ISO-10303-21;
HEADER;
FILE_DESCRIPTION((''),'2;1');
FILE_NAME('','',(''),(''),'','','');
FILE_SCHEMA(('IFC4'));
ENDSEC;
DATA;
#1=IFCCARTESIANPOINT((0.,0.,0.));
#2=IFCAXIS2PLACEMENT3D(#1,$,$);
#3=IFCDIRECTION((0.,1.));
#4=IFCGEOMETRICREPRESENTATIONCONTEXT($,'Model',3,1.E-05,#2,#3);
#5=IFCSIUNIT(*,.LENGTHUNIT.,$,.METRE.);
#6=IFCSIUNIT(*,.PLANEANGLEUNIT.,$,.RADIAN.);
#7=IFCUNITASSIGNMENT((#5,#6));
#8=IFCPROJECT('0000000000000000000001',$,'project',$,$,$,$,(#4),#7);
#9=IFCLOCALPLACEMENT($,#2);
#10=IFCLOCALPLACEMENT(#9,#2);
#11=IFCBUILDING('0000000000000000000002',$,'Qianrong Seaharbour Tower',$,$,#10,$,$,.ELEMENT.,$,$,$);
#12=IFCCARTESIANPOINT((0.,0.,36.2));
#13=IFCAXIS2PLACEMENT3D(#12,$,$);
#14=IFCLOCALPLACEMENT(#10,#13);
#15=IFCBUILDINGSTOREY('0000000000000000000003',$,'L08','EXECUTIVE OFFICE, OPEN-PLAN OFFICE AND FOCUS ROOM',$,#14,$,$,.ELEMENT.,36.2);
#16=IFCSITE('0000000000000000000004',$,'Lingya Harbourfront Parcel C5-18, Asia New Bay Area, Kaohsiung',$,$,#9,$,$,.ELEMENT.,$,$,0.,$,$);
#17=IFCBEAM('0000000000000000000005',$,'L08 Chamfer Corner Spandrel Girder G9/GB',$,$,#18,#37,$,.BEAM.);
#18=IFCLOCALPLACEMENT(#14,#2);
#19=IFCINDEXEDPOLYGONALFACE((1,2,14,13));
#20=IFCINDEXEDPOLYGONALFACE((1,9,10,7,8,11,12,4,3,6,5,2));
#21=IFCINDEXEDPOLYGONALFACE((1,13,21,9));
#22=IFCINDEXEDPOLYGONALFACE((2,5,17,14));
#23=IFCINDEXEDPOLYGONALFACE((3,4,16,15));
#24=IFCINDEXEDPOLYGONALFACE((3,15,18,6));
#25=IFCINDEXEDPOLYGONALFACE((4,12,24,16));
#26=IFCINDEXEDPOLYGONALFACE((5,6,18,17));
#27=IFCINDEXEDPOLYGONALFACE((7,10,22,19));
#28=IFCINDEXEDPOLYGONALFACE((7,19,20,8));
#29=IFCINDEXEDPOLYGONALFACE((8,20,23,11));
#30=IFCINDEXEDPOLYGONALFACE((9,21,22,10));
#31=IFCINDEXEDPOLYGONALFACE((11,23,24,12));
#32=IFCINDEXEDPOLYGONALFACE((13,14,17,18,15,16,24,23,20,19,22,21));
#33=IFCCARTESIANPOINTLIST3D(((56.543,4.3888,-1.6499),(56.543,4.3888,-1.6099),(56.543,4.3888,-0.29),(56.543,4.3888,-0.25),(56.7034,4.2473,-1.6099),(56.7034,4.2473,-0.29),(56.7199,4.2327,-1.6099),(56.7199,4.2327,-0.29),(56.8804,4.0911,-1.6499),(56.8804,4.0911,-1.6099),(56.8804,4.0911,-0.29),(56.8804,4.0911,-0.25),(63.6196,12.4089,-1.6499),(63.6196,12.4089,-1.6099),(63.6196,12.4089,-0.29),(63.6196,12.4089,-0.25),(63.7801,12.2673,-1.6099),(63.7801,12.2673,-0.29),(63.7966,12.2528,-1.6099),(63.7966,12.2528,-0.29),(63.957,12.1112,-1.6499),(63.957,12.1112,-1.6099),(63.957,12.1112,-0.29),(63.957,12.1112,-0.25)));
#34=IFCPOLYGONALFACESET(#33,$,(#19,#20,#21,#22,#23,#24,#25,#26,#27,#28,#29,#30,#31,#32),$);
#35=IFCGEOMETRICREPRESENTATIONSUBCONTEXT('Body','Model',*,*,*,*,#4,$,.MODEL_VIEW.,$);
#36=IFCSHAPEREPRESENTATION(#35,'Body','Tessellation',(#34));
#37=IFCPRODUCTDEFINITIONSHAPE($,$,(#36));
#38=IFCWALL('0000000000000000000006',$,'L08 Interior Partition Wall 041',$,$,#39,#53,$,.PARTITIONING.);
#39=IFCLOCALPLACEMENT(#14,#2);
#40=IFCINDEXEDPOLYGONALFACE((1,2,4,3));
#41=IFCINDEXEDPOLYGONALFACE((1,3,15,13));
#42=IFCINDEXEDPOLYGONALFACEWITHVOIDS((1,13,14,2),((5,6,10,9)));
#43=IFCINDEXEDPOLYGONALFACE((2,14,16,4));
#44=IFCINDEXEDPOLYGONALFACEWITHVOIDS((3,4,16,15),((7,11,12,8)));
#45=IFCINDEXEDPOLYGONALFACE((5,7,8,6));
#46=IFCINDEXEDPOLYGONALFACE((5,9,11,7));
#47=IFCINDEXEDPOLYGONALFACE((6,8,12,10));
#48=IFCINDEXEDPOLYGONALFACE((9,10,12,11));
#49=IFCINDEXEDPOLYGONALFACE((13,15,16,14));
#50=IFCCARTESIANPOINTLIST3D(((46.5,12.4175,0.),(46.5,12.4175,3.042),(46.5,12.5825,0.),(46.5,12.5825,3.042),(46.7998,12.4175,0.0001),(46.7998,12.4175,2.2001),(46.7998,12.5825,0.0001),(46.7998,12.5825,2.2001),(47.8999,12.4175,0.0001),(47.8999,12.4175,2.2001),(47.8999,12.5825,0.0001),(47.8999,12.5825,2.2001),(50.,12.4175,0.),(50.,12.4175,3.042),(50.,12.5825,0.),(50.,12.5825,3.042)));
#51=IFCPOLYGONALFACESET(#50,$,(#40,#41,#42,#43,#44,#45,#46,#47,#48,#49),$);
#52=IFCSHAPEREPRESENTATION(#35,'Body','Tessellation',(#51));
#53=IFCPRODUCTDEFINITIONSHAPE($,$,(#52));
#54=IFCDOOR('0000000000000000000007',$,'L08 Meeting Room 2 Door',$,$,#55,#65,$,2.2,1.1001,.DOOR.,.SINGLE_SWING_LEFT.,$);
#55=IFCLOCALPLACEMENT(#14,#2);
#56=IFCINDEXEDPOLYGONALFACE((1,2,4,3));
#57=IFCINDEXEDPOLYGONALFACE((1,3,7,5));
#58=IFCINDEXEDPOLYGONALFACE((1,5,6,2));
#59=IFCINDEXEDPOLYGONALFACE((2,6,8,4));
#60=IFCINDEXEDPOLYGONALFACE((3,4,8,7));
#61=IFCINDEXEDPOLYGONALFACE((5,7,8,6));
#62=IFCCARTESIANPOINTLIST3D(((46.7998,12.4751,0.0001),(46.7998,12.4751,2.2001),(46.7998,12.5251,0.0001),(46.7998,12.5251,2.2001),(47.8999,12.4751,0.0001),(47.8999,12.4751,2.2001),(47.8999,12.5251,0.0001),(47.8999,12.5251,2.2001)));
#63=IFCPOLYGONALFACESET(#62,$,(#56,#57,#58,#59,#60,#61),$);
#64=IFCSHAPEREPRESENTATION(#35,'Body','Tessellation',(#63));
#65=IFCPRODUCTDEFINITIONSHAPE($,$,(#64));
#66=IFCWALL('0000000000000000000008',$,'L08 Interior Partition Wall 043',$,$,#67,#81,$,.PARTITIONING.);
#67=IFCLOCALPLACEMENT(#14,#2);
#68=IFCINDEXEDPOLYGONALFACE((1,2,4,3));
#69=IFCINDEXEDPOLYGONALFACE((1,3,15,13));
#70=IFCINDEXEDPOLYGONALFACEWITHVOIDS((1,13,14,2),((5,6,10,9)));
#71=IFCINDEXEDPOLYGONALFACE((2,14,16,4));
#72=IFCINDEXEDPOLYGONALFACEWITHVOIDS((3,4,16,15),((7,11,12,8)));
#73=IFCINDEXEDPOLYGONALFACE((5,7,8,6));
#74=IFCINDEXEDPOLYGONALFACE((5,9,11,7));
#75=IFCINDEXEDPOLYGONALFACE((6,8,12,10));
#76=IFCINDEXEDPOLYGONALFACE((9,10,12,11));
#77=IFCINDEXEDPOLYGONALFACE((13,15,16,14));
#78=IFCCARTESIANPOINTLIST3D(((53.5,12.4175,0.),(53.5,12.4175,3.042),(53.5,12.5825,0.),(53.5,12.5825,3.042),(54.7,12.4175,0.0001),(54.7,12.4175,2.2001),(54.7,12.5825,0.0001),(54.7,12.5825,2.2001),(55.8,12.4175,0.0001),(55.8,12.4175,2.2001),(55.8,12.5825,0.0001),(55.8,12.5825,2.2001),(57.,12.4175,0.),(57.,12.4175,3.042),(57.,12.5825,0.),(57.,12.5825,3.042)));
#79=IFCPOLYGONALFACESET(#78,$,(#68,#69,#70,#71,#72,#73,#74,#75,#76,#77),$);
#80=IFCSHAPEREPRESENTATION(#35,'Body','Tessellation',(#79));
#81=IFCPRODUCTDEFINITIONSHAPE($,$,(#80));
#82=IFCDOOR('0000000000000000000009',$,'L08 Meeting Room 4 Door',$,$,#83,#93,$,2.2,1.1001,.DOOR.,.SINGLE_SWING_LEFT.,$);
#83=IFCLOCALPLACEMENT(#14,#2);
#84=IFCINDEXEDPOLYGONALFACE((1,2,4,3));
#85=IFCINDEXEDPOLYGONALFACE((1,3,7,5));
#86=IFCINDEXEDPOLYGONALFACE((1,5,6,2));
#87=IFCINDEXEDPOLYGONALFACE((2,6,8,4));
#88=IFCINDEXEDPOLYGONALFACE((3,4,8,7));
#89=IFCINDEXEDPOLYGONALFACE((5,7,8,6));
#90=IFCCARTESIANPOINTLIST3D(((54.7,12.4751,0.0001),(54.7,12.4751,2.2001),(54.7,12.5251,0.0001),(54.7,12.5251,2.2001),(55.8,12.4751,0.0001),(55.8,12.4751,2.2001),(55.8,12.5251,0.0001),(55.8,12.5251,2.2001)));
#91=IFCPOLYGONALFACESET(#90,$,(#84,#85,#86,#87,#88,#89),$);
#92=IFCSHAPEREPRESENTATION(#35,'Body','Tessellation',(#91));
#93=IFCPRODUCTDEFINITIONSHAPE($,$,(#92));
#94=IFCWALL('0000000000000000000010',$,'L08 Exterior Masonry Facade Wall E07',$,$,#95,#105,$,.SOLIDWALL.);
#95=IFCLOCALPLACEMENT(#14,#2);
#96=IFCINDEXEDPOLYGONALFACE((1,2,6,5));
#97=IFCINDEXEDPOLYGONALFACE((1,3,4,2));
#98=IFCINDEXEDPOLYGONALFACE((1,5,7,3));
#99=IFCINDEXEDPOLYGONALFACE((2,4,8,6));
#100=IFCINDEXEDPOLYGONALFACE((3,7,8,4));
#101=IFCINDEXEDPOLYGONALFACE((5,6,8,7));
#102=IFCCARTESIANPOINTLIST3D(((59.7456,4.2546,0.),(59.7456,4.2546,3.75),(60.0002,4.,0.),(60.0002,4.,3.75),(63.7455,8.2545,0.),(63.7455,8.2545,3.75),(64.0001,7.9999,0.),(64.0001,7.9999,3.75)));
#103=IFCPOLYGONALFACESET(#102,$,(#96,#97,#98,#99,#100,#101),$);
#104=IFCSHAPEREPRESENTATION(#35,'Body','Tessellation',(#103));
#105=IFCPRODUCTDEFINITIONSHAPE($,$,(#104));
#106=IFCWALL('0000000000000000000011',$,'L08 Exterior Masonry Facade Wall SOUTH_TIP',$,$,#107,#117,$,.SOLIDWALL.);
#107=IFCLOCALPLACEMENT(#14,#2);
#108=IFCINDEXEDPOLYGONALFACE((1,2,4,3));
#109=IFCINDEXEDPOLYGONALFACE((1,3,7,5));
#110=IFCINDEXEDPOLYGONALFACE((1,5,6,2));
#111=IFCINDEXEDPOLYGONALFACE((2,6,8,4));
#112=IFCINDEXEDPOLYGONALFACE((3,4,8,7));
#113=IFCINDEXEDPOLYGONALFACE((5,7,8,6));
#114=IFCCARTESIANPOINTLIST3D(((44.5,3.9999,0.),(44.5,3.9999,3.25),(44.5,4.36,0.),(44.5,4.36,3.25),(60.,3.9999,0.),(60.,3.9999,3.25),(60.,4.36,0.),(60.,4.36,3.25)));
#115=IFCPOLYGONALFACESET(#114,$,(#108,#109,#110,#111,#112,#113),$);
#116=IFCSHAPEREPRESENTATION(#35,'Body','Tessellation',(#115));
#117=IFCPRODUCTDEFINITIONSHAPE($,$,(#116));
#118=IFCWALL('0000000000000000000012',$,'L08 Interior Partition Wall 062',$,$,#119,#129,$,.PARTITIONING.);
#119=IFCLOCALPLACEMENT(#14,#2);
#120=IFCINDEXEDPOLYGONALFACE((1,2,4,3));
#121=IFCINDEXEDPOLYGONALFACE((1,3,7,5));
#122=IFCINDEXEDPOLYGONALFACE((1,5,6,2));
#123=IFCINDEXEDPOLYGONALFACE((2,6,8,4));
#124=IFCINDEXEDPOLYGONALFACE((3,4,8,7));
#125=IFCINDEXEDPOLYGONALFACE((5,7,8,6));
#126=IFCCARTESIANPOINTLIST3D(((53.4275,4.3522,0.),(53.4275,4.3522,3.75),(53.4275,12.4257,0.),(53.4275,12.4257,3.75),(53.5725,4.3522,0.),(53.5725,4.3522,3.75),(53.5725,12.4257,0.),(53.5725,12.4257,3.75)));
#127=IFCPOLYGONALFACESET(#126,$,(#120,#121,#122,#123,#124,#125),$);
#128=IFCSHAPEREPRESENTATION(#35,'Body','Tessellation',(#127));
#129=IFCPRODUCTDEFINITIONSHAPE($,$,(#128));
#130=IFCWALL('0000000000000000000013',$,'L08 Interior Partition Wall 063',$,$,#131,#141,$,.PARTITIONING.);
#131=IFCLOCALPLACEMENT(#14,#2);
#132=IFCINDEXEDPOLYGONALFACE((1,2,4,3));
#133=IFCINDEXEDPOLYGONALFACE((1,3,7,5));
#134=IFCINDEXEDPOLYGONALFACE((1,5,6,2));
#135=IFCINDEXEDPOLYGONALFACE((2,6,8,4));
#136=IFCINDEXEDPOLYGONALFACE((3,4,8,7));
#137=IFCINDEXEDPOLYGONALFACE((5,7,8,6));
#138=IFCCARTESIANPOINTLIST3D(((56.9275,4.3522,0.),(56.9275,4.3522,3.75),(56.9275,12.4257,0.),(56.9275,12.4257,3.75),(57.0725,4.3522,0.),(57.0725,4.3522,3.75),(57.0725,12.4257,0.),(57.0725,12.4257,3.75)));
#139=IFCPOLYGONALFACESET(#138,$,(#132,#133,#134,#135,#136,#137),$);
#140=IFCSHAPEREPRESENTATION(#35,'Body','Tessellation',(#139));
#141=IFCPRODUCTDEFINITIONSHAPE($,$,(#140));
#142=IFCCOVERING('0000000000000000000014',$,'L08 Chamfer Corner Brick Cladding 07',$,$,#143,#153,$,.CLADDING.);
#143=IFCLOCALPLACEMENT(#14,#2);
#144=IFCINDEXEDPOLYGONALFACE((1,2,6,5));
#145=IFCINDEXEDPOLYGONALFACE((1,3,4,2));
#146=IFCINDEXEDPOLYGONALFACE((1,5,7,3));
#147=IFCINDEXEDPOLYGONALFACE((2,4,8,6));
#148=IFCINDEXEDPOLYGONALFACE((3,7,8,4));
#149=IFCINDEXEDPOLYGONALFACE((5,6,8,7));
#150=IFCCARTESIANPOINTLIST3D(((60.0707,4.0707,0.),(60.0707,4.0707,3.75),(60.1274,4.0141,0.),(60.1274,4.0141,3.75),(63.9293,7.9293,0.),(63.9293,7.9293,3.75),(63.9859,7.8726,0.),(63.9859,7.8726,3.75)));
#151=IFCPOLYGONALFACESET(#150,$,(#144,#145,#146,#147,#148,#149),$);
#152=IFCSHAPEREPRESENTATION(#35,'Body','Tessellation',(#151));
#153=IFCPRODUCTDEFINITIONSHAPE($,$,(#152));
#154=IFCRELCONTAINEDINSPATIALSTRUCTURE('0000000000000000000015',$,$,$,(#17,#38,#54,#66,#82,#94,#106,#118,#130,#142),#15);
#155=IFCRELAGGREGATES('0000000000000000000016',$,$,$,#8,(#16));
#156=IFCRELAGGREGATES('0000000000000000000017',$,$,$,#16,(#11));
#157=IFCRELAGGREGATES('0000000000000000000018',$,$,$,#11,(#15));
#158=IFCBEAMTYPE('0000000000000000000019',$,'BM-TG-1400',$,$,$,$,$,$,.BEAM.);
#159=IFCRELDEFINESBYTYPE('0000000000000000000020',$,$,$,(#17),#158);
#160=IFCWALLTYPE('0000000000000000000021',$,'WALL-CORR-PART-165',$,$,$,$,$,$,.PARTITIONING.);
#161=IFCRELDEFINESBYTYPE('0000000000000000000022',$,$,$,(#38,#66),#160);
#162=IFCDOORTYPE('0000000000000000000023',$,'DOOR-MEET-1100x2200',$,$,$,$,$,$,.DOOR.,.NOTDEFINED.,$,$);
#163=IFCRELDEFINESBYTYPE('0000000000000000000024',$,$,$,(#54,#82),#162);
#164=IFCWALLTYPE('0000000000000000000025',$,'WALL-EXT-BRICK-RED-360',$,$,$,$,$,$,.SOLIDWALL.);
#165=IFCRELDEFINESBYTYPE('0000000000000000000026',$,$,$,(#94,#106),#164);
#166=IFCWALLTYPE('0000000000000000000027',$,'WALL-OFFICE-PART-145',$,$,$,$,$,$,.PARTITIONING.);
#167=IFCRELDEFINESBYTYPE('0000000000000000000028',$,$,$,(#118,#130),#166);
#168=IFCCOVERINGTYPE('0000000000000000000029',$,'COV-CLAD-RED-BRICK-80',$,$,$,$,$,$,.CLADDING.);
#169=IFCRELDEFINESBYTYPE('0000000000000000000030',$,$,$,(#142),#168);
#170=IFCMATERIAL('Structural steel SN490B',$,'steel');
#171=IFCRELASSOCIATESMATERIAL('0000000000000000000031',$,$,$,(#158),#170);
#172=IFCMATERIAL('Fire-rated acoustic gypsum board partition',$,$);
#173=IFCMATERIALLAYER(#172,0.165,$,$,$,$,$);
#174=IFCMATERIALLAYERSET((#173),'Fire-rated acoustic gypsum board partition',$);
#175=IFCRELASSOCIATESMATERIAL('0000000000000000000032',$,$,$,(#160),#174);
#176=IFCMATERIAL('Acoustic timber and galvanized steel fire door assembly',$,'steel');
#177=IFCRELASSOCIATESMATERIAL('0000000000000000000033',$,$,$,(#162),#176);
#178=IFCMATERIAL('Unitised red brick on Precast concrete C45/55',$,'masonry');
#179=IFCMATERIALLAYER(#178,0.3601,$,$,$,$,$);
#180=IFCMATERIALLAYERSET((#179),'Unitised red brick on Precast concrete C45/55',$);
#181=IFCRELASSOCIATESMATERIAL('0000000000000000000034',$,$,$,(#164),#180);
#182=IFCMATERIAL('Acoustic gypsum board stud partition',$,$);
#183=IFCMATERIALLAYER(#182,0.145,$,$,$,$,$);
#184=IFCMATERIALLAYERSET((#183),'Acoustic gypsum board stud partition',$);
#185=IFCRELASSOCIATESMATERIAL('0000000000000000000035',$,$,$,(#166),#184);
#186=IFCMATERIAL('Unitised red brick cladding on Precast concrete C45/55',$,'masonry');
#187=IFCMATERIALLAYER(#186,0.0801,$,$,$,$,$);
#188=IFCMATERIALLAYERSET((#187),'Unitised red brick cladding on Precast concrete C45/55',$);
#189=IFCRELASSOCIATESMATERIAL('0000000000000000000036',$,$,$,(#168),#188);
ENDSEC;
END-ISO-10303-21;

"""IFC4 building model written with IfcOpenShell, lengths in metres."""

from ifc_helpers import new_model, si_unit, direction, frame, frame_2d, origin, origin_2d, place, context, subcontext, project, spatial, rectangle, i_section, extrude, material, layer, layer_set, material_profile, profile_set, type_object, element, fill, save


model = new_model("IFC4")

# Units and contexts
model_context = context("Model", 3, precision=1e-05, world=origin(), true_north=direction((0.0, 1.0)))
body_context = subcontext(model_context, "Body", "Model", "MODEL_VIEW")
ifc_project = project(units=[si_unit("LENGTHUNIT", "METRE"), si_unit("PLANEANGLEUNIT", "RADIAN")], contexts=[model_context])

# Site, building, storey
site_placement = place(None, origin())
site = spatial("IfcSite", under=ifc_project, at=site_placement, Name="Lingya Harbourfront Parcel C5-18, Asia New Bay Area, Kaohsiung", CompositionType="ELEMENT", RefElevation=0.0)
building_placement = place(site_placement, origin())
building = spatial("IfcBuilding", under=site, at=building_placement, Name="Qianrong Seaharbour Tower", CompositionType="ELEMENT")
storey_placement = place(building_placement, frame((0.0, 0.0, 36.2)))
storey = spatial("IfcBuildingStorey", under=building, at=storey_placement, Name="L08", Description="EXECUTIVE OFFICE, OPEN-PLAN OFFICE AND FOCUS ROOM", CompositionType="ELEMENT", Elevation=36.2)

# Shared definitions
ifc_material_1 = material(Name="Structural steel SN490B", Category="steel")

# Beam
ifc_material_profile_1 = material_profile(ifc_material_1, i_section(OverallWidth=0.45, OverallDepth=1.3999, WebThickness=0.022, FlangeThickness=0.04, at=origin_2d()), Name="BH1400x450x22x40")
ifc_profile_set_1 = profile_set([ifc_material_profile_1], Name="Structural steel SN490B")
beam_type_1 = type_object("IfcBeamType", Name="BM-TG-1400", PredefinedType="BEAM", material=ifc_profile_set_1)
beam_1_placement = place(storey_placement, frame((56.7117, 4.24, -0.95), z_axis=(0.661631, 0.74983, 0.0), x_axis=(-0.74983, 0.661631, 0.0)))
element("IfcBeam", 1, at=beam_1_placement, inside=storey, type_object=beam_type_1, Name="L08 Chamfer Corner Spandrel Girder G9/GB", PredefinedType="BEAM", context=body_context, shape_type="SweptSolid", body=[
    extrude(i_section(OverallWidth=0.45, OverallDepth=1.3999, WebThickness=0.022, FlangeThickness=0.04, at=origin_2d()), origin(), (0.0, 0.0, 1.0), 10.6958),
])

# Walls, openings, doors
ifc_material_2 = material(Name="Fire-rated acoustic gypsum board partition")
ifc_layer_1 = layer(ifc_material_2, 0.165)
ifc_layer_set_1 = layer_set([ifc_layer_1], Name="Fire-rated acoustic gypsum board partition")
wall_type_1 = type_object("IfcWallType", Name="WALL-CORR-PART-165", PredefinedType="PARTITIONING", material=ifc_layer_set_1)
wall_1_placement = place(storey_placement, frame((50.0, 12.5, 0.0), z_axis=(0.0, 0.0, 1.0), x_axis=(-1.0, 0.0, 0.0)))
wall_1 = element("IfcWall", 2, at=wall_1_placement, inside=storey, type_object=wall_type_1, Name="L08 Interior Partition Wall 041", PredefinedType="PARTITIONING", context=body_context, shape_type="SweptSolid", body=[
    extrude(rectangle(XDim=3.5, YDim=0.165, at=frame_2d((1.75, 0.0))), origin(), (0.0, 0.0, 1.0), 3.042),
])
opening_1_placement = place(wall_1_placement, frame((2.1001, 0.0, 0.0)))
opening_1 = element("IfcOpeningElement", 3, at=opening_1_placement, cuts=wall_1, PredefinedType="OPENING", context=body_context, shape_type="SweptSolid", body=[
    extrude(rectangle(XDim=1.1001, YDim=2.2, at=frame_2d((0.55, 1.1001))), frame((0.0, 0.0925, 0.0), z_axis=(0.0, -1.0, 0.0), x_axis=(1.0, 0.0, 0.0)), (0.0, 0.0, 1.0), 0.1851),
])
ifc_material_3 = material(Name="Acoustic timber and galvanized steel fire door assembly", Category="steel")
door_type_1 = type_object("IfcDoorType", Name="DOOR-MEET-1100x2200", OperationType="NOTDEFINED", PredefinedType="DOOR", material=ifc_material_3)
door_1_placement = place(opening_1_placement, origin())
door_1 = element("IfcDoor", 4, at=door_1_placement, inside=storey, type_object=door_type_1, Name="L08 Meeting Room 2 Door", OperationType="SINGLE_SWING_LEFT", OverallHeight=2.2, OverallWidth=1.1001, PredefinedType="DOOR", context=body_context, shape_type="SweptSolid", body=[
    extrude(rectangle(XDim=1.1001, YDim=2.2, at=frame_2d((0.55, 1.1001))), frame((0.0, 0.0249, 0.0), z_axis=(0.0, -1.0, 0.0), x_axis=(1.0, 0.0, 0.0)), (0.0, 0.0, 1.0), 0.05),
])
fill(opening_1, door_1)
wall_2_placement = place(storey_placement, frame((57.0, 12.5, 0.0), z_axis=(0.0, 0.0, 1.0), x_axis=(-1.0, 0.0, 0.0)))
wall_2 = element("IfcWall", 5, at=wall_2_placement, inside=storey, type_object=wall_type_1, Name="L08 Interior Partition Wall 043", PredefinedType="PARTITIONING", context=body_context, shape_type="SweptSolid", body=[
    extrude(rectangle(XDim=3.5, YDim=0.165, at=frame_2d((1.75, 0.0))), origin(), (0.0, 0.0, 1.0), 3.042),
])
opening_2_placement = place(wall_2_placement, frame((1.2, 0.0, 0.0)))
opening_2 = element("IfcOpeningElement", 6, at=opening_2_placement, cuts=wall_2, PredefinedType="OPENING", context=body_context, shape_type="SweptSolid", body=[
    extrude(rectangle(XDim=1.1001, YDim=2.2, at=frame_2d((0.55, 1.1001))), frame((0.0, 0.0925, 0.0), z_axis=(0.0, -1.0, 0.0), x_axis=(1.0, 0.0, 0.0)), (0.0, 0.0, 1.0), 0.1851),
])
door_2_placement = place(opening_2_placement, origin())
door_2 = element("IfcDoor", 7, at=door_2_placement, inside=storey, type_object=door_type_1, Name="L08 Meeting Room 4 Door", OperationType="SINGLE_SWING_LEFT", OverallHeight=2.2, OverallWidth=1.1001, PredefinedType="DOOR", context=body_context, shape_type="SweptSolid", body=[
    extrude(rectangle(XDim=1.1001, YDim=2.2, at=frame_2d((0.55, 1.1001))), frame((0.0, 0.0249, 0.0), z_axis=(0.0, -1.0, 0.0), x_axis=(1.0, 0.0, 0.0)), (0.0, 0.0, 1.0), 0.05),
])
fill(opening_2, door_2)

# Walls
ifc_material_4 = material(Name="Unitised red brick on Precast concrete C45/55", Category="masonry")
ifc_layer_2 = layer(ifc_material_4, 0.3601)
ifc_layer_set_2 = layer_set([ifc_layer_2], Name="Unitised red brick on Precast concrete C45/55")
wall_type_2 = type_object("IfcWallType", Name="WALL-EXT-BRICK-RED-360", PredefinedType="SOLIDWALL", material=ifc_layer_set_2)
wall_3_placement = place(storey_placement, frame((63.8728, 8.1272, 0.0), z_axis=(0.0, 0.0, 1.0), x_axis=(-0.707107, -0.707107, 0.0)))
element("IfcWall", 8, at=wall_3_placement, inside=storey, type_object=wall_type_2, Name="L08 Exterior Masonry Facade Wall E07", PredefinedType="SOLIDWALL", context=body_context, shape_type="SweptSolid", body=[
    extrude(rectangle(XDim=5.6567, YDim=0.3601, at=frame_2d((2.8284, 0.0))), origin(), (0.0, 0.0, 1.0), 3.75),
])
wall_4_placement = place(storey_placement, frame((60.0, 4.1799, 0.0), z_axis=(0.0, 0.0, 1.0), x_axis=(-1.0, 0.0, 0.0)))
element("IfcWall", 9, at=wall_4_placement, inside=storey, type_object=wall_type_2, Name="L08 Exterior Masonry Facade Wall SOUTH_TIP", PredefinedType="SOLIDWALL", context=body_context, shape_type="SweptSolid", body=[
    extrude(rectangle(XDim=15.5, YDim=0.3601, at=frame_2d((7.75, 0.0))), origin(), (0.0, 0.0, 1.0), 3.25),
])
ifc_material_5 = material(Name="Acoustic gypsum board stud partition")
ifc_layer_3 = layer(ifc_material_5, 0.145)
ifc_layer_set_3 = layer_set([ifc_layer_3], Name="Acoustic gypsum board stud partition")
wall_type_3 = type_object("IfcWallType", Name="WALL-OFFICE-PART-145", PredefinedType="PARTITIONING", material=ifc_layer_set_3)
for number, where, z_axis, x_axis, name in (
    (10, (53.5, 12.4255, 0.0), (0.0, 0.0, 1.0), (0.0, -1.0, 0.0), "L08 Interior Partition Wall 062"),
    (11, (57.0, 12.4255, 0.0), (0.0, 0.0, 1.0), (0.0, -1.0, 0.0), "L08 Interior Partition Wall 063"),
):
    element("IfcWall", number, at=place(storey_placement, frame(where, z_axis=z_axis, x_axis=x_axis)), inside=storey, type_object=wall_type_3, Name=name, PredefinedType="PARTITIONING", context=body_context, shape_type="SweptSolid", body=[
        extrude(rectangle(XDim=8.0735, YDim=0.145, at=frame_2d((4.0366, 0.0))), origin(), (0.0, 0.0, 1.0), 3.75),
    ])

# Covering
ifc_material_6 = material(Name="Unitised red brick cladding on Precast concrete C45/55", Category="masonry")
ifc_layer_4 = layer(ifc_material_6, 0.0801)
ifc_layer_set_4 = layer_set([ifc_layer_4], Name="Unitised red brick cladding on Precast concrete C45/55")
covering_type = type_object("IfcCoveringType", Name="COV-CLAD-RED-BRICK-80", PredefinedType="CLADDING", material=ifc_layer_set_4)
covering_placement = place(storey_placement, frame((62.0283, 5.9717, 0.0), z_axis=(0.0, 0.0, 1.0), x_axis=(-0.707107, -0.707107, 0.0)))
element("IfcCovering", 12, at=covering_placement, inside=storey, type_object=covering_type, Name="L08 Chamfer Corner Brick Cladding 07", PredefinedType="CLADDING", context=body_context, shape_type="SweptSolid", body=[
    extrude(rectangle(XDim=5.4568, YDim=0.0801, at=origin_2d()), origin(), (0.0, 0.0, 1.0), 3.75),
])

save(model, "model.ifc")
